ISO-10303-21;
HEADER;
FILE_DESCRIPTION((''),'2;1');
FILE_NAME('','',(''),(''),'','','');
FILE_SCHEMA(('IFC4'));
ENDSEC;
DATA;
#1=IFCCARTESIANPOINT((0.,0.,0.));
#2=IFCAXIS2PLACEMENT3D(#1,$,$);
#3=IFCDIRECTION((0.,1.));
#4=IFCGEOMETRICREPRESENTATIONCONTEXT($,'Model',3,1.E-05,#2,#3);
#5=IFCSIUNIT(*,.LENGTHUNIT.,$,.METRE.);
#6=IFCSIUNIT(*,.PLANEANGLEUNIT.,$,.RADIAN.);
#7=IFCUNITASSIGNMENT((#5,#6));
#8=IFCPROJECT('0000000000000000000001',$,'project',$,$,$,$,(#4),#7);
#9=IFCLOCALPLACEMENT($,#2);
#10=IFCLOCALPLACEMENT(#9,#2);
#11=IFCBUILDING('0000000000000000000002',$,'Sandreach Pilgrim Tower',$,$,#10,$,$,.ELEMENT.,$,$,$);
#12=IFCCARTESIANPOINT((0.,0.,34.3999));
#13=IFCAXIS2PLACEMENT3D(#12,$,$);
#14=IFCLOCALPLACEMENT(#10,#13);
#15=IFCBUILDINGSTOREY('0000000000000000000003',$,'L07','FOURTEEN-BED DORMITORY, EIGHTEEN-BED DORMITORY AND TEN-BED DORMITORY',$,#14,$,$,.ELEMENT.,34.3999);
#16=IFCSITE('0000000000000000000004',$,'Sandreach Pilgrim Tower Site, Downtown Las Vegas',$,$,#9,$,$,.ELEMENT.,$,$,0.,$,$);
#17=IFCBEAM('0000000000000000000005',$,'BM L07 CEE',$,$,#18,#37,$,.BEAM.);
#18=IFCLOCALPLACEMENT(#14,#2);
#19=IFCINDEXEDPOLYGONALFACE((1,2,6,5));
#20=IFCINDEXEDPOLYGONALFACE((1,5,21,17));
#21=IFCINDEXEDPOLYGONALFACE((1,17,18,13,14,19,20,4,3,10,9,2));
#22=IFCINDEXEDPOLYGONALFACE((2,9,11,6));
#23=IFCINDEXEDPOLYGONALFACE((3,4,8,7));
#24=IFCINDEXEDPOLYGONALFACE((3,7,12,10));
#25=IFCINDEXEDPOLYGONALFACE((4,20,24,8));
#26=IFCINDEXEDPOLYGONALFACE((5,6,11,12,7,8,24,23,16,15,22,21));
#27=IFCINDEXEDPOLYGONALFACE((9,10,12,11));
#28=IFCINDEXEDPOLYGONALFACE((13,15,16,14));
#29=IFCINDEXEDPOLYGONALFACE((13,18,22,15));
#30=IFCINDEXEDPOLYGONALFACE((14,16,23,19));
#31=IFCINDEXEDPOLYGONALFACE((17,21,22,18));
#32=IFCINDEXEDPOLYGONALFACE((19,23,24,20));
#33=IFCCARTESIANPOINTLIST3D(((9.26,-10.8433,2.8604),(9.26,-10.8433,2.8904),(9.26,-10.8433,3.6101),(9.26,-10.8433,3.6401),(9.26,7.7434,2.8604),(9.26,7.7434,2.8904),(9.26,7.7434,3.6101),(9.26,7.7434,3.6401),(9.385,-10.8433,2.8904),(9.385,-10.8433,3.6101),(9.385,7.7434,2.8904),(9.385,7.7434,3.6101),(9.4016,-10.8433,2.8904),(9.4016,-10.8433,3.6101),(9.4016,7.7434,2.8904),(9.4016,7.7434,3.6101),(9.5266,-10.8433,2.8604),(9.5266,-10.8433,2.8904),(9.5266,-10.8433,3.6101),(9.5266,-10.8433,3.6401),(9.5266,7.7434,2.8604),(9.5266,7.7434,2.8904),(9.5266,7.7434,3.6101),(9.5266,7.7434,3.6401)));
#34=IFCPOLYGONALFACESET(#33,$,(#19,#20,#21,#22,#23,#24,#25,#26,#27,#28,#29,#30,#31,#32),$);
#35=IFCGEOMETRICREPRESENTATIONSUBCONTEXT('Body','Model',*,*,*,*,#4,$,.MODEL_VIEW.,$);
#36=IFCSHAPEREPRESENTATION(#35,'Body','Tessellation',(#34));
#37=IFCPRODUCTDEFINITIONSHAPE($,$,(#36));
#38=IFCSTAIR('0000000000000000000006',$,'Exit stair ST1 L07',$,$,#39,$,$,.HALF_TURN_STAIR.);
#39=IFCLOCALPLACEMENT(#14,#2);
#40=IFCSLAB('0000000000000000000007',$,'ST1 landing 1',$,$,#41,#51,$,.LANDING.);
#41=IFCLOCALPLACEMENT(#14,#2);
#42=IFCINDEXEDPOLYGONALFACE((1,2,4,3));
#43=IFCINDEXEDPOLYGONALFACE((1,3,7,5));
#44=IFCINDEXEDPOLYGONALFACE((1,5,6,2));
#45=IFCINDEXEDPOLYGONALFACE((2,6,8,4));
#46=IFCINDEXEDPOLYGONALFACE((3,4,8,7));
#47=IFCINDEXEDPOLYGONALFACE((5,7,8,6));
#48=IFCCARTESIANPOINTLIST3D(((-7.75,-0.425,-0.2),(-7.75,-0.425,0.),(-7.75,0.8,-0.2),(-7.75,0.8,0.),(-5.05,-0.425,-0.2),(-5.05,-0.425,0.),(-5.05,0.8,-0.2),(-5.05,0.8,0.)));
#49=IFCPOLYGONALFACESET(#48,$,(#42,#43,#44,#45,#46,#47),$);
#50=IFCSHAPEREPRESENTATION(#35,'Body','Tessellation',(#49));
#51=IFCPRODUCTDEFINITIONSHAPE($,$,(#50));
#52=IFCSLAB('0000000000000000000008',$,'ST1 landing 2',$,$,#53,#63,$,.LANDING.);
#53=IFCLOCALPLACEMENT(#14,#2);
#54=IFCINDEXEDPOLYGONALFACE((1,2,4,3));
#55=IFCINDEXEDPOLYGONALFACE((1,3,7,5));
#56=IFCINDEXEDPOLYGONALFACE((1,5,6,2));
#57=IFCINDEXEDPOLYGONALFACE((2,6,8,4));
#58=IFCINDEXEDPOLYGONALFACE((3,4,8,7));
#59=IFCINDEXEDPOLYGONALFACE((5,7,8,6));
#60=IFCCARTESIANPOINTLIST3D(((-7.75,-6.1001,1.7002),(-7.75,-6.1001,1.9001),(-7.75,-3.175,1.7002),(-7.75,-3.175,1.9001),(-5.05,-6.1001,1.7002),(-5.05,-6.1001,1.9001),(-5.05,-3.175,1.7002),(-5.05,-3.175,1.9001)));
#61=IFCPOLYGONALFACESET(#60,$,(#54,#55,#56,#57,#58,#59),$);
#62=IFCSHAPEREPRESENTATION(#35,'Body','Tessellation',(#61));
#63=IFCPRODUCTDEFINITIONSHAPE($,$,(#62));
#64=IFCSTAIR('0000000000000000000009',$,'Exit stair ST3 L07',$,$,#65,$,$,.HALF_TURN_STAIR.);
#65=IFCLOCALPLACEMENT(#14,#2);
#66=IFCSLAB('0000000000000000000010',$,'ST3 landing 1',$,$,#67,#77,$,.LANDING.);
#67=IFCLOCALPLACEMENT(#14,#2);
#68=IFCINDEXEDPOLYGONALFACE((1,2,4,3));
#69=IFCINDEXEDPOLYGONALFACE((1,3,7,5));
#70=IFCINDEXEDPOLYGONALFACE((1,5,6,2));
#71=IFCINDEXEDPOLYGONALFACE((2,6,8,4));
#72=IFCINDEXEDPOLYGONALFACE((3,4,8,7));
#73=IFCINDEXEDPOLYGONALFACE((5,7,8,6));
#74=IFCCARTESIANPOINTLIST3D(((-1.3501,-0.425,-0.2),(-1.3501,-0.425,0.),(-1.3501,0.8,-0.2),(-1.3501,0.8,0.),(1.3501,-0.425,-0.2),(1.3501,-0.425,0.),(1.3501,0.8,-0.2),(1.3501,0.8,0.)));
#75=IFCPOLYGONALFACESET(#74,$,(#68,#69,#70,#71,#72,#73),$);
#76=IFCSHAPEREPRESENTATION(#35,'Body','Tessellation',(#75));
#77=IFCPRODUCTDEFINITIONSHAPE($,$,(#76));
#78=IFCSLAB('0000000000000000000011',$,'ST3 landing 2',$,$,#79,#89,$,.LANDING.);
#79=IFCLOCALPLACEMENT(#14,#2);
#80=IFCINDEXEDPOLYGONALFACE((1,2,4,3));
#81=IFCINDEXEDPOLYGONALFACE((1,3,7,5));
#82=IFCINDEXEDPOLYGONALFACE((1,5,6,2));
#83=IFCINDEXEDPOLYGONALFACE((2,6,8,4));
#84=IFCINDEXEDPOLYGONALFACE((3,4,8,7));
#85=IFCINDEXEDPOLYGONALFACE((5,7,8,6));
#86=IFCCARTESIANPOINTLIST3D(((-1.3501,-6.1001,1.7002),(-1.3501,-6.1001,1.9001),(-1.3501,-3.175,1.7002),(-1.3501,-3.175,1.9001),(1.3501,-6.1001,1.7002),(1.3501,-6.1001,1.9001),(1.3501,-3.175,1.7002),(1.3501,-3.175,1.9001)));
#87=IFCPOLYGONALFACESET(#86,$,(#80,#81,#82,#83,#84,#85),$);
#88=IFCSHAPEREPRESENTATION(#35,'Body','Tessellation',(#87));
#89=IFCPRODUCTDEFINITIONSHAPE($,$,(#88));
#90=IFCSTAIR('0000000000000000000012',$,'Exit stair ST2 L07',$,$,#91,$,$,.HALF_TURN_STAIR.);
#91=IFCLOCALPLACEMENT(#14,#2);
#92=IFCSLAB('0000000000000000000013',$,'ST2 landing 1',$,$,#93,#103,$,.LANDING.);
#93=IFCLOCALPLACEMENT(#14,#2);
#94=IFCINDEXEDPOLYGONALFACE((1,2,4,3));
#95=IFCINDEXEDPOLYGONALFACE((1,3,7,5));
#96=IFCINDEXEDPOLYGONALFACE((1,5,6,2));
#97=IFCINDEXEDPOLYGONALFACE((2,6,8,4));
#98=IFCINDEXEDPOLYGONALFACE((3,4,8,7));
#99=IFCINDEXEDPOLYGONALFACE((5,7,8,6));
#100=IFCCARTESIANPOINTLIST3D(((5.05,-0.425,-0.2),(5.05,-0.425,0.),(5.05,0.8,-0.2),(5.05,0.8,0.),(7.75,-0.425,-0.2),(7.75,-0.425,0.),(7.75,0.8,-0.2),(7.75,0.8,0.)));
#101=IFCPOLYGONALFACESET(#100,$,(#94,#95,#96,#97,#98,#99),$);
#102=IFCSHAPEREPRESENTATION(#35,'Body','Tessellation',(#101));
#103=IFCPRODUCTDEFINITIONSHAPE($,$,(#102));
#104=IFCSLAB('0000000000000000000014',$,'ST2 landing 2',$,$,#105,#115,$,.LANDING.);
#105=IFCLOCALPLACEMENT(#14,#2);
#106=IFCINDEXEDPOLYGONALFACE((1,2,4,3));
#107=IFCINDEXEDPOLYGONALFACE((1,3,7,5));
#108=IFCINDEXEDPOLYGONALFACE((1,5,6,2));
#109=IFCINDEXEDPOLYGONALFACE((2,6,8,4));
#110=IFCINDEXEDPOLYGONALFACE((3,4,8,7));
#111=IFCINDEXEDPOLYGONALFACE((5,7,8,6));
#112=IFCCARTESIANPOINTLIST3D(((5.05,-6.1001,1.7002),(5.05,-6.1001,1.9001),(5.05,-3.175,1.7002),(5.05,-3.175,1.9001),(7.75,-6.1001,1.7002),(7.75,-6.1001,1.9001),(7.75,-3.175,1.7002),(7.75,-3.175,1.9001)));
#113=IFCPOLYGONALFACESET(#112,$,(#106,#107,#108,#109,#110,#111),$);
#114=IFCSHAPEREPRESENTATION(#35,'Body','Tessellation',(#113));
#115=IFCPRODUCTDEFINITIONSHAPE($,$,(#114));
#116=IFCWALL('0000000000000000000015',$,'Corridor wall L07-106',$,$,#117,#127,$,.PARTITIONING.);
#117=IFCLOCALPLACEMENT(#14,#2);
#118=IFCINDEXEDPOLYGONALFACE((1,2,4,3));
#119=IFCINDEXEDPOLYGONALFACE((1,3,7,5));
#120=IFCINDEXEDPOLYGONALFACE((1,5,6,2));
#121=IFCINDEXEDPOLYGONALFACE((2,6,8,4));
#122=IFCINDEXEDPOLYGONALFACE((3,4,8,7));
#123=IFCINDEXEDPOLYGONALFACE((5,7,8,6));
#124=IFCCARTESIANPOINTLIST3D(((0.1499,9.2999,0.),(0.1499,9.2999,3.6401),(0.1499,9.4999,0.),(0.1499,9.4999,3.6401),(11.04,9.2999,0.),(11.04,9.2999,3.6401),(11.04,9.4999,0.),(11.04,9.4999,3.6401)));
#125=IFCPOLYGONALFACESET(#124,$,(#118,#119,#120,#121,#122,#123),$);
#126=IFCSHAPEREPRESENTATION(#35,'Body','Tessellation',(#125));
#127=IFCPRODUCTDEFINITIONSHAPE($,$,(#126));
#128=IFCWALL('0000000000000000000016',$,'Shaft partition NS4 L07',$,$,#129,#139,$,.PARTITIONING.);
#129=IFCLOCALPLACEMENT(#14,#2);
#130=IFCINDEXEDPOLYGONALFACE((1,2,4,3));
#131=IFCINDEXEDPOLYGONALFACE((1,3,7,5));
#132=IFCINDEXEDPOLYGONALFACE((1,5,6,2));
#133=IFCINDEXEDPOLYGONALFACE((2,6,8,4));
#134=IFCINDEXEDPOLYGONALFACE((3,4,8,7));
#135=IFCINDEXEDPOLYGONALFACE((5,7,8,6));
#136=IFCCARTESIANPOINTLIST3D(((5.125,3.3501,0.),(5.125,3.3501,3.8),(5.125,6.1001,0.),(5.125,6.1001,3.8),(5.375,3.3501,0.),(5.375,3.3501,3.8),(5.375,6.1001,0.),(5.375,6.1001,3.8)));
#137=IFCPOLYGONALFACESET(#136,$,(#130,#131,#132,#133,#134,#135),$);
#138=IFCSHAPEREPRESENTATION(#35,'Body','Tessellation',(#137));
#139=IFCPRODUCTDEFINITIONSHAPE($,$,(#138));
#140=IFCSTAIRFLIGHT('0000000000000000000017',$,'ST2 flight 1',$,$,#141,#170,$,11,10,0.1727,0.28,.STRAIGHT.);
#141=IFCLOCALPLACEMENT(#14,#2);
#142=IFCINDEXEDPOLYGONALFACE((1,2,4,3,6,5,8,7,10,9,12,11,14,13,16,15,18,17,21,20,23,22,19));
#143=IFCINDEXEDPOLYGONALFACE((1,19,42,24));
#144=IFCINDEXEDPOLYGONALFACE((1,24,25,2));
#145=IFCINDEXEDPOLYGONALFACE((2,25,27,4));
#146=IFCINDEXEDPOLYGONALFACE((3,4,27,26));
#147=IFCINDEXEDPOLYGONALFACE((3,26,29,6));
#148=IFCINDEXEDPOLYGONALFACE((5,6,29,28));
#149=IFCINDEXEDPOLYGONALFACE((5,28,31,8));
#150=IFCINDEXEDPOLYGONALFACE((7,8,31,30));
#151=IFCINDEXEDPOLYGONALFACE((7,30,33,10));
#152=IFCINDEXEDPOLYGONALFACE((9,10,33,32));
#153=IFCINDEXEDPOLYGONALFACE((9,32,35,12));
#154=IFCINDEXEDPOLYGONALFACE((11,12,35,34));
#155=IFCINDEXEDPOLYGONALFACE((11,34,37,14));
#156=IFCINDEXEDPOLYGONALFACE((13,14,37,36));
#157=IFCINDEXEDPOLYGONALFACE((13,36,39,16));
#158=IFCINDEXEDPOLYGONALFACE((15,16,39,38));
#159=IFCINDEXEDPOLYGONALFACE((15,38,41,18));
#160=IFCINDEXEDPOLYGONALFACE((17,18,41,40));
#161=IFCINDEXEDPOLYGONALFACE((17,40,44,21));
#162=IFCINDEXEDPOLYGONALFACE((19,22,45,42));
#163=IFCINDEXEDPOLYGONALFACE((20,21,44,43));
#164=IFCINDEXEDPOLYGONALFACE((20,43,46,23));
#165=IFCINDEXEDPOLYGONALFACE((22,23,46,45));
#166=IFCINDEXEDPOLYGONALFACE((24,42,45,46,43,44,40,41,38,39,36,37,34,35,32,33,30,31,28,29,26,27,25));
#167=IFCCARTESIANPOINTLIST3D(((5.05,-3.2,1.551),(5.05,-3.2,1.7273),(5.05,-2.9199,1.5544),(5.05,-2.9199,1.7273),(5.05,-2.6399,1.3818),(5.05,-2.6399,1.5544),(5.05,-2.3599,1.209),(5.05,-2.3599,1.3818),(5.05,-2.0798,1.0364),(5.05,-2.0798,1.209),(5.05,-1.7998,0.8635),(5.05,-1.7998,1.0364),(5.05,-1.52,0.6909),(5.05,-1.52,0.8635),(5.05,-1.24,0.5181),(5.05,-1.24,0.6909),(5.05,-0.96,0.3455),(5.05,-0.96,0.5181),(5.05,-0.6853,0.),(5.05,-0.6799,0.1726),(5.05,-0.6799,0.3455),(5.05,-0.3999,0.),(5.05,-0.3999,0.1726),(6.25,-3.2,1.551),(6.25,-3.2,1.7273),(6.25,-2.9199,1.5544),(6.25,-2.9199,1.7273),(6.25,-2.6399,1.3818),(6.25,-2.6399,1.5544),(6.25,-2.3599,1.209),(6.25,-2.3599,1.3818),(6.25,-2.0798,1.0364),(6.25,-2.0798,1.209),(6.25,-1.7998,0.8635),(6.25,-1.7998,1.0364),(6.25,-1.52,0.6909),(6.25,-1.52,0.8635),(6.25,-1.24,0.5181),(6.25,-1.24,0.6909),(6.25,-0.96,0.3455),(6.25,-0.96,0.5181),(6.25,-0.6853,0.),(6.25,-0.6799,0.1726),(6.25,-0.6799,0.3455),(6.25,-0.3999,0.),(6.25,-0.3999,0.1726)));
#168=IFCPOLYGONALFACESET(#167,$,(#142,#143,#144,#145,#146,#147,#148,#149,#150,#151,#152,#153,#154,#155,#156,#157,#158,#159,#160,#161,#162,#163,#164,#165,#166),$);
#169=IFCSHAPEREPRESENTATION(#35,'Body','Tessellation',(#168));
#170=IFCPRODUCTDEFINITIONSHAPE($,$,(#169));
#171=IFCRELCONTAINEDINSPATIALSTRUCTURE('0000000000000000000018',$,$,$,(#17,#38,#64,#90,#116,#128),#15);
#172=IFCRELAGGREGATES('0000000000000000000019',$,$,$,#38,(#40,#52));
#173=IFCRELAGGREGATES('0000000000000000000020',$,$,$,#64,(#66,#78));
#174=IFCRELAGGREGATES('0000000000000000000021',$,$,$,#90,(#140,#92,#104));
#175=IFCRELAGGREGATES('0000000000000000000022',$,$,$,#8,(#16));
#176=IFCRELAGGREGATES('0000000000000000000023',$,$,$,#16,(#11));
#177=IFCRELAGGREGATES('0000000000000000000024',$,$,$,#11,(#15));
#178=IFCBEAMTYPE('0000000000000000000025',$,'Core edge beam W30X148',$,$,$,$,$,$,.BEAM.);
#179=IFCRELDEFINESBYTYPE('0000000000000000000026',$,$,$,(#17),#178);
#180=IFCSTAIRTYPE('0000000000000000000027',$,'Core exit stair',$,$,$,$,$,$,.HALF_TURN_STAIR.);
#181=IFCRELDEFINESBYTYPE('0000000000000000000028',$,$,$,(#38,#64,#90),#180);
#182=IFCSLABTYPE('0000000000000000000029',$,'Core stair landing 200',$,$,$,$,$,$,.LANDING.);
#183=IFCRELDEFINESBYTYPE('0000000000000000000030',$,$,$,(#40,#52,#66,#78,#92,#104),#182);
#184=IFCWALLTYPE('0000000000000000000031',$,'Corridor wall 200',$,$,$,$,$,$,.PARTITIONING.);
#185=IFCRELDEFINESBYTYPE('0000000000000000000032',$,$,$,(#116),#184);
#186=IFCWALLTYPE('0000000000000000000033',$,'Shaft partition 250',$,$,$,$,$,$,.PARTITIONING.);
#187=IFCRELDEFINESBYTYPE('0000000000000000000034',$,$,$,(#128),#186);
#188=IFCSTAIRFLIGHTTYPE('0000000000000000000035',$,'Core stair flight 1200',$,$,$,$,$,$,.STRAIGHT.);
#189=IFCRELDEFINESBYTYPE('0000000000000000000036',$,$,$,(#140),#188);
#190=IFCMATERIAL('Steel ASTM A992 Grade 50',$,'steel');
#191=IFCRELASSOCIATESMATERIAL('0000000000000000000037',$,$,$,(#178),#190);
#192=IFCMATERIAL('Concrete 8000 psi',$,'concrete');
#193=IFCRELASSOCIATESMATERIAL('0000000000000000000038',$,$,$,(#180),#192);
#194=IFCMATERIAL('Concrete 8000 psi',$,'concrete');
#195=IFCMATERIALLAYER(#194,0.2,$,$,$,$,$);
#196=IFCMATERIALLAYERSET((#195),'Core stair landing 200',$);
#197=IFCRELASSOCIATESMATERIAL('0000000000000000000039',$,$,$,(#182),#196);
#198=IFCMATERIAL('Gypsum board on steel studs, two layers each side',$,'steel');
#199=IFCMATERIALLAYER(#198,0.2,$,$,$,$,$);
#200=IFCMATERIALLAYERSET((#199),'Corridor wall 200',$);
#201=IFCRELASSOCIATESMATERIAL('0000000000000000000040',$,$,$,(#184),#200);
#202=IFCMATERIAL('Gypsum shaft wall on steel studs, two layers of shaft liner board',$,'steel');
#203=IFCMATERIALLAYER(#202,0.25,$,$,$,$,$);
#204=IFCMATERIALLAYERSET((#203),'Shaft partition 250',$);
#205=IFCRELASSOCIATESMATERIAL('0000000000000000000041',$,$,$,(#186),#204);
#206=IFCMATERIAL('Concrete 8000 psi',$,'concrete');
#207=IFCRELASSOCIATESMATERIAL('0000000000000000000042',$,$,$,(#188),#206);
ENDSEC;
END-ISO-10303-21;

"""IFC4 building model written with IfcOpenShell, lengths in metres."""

from ifc_helpers import new_model, si_unit, direction, frame, frame_2d, origin, origin_2d, place, context, subcontext, project, spatial, polyline, rectangle, i_section, outline, extrude, material, layer, layer_set, material_profile, profile_set, type_object, element, aggregate, save


model = new_model("IFC4")

# Units and contexts
model_context = context("Model", 3, precision=1e-05, world=origin(), true_north=direction((0.0, 1.0)))
body_context = subcontext(model_context, "Body", "Model", "MODEL_VIEW")
ifc_project = project(units=[si_unit("LENGTHUNIT", "METRE"), si_unit("PLANEANGLEUNIT", "RADIAN")], contexts=[model_context])

# Site, building, storey
site_placement = place(None, origin())
site = spatial("IfcSite", under=ifc_project, at=site_placement, Name="Sandreach Pilgrim Tower Site, Downtown Las Vegas", CompositionType="ELEMENT", RefElevation=0.0)
building_placement = place(site_placement, origin())
building = spatial("IfcBuilding", under=site, at=building_placement, Name="Sandreach Pilgrim Tower", CompositionType="ELEMENT")
storey_placement = place(building_placement, frame((0.0, 0.0, 34.3999)))
storey = spatial("IfcBuildingStorey", under=building, at=storey_placement, Name="L07", Description="FOURTEEN-BED DORMITORY, EIGHTEEN-BED DORMITORY AND TEN-BED DORMITORY", CompositionType="ELEMENT", Elevation=34.3999)

# Beam
ifc_material_1 = material(Name="Steel ASTM A992 Grade 50", Category="steel")
ifc_material_profile = material_profile(ifc_material_1, i_section(OverallWidth=0.2666, OverallDepth=0.7798, WebThickness=0.0166, FlangeThickness=0.03, at=origin_2d()), Name="W30X148")
ifc_profile_set = profile_set([ifc_material_profile], Name="Steel ASTM A992 Grade 50")
beam_type = type_object("IfcBeamType", Name="Core edge beam W30X148", PredefinedType="BEAM", material=ifc_profile_set)
beam_placement = place(storey_placement, frame((9.3933, 7.7434, 3.2502), z_axis=(0.0, -1.0, 0.0), x_axis=(1.0, 0.0, 0.0)))
element("IfcBeam", 1, at=beam_placement, inside=storey, type_object=beam_type, Name="BM L07 CEE", PredefinedType="BEAM", context=body_context, shape_type="SweptSolid", body=[
    extrude(i_section(OverallWidth=0.2666, OverallDepth=0.7798, WebThickness=0.0166, FlangeThickness=0.03, at=origin_2d()), origin(), (0.0, 0.0, 1.0), 18.5867),
])

# Stairs, slabs
ifc_material_2 = material(Name="Concrete 8000 psi", Category="concrete")
stair_type = type_object("IfcStairType", Name="Core exit stair", PredefinedType="HALF_TURN_STAIR", material=ifc_material_2)
stair_1_placement = place(storey_placement, origin())
stair_1 = element("IfcStair", 2, at=stair_1_placement, inside=storey, type_object=stair_type, Name="Exit stair ST1 L07", PredefinedType="HALF_TURN_STAIR")
ifc_material_3 = material(Name="Concrete 8000 psi", Category="concrete")
ifc_layer_1 = layer(ifc_material_3, 0.2)
ifc_layer_set_1 = layer_set([ifc_layer_1], Name="Core stair landing 200")
slab_type = type_object("IfcSlabType", Name="Core stair landing 200", PredefinedType="LANDING", material=ifc_layer_set_1)
slab_1_placement = place(storey_placement, frame((0.0, 0.0, -0.2)))
slab_1 = element("IfcSlab", 3, at=slab_1_placement, type_object=slab_type, Name="ST1 landing 1", PredefinedType="LANDING", context=body_context, shape_type="SweptSolid", body=[
    extrude(outline(polyline([(-7.75, -0.425), (-5.05, -0.425), (-5.05, 0.8), (-7.75, 0.8), (-7.75, -0.425)])), origin(), (0.0, 0.0, 1.0), 0.2),
])
slab_2_placement = place(storey_placement, frame((0.0, 0.0, 1.7002)))
slab_2 = element("IfcSlab", 4, at=slab_2_placement, type_object=slab_type, Name="ST1 landing 2", PredefinedType="LANDING", context=body_context, shape_type="SweptSolid", body=[
    extrude(outline(polyline([(-7.75, -6.1001), (-5.05, -6.1001), (-5.05, -3.175), (-7.75, -3.175), (-7.75, -6.1001)])), origin(), (0.0, 0.0, 1.0), 0.2),
])
aggregate(stair_1, [slab_1, slab_2])
stair_2_placement = place(storey_placement, origin())
stair_2 = element("IfcStair", 5, at=stair_2_placement, inside=storey, type_object=stair_type, Name="Exit stair ST3 L07", PredefinedType="HALF_TURN_STAIR")
slab_3_placement = place(storey_placement, frame((0.0, 0.0, -0.2)))
slab_3 = element("IfcSlab", 6, at=slab_3_placement, type_object=slab_type, Name="ST3 landing 1", PredefinedType="LANDING", context=body_context, shape_type="SweptSolid", body=[
    extrude(outline(polyline([(-1.3501, -0.425), (1.3501, -0.425), (1.3501, 0.8), (-1.3501, 0.8), (-1.3501, -0.425)])), origin(), (0.0, 0.0, 1.0), 0.2),
])
slab_4_placement = place(storey_placement, frame((0.0, 0.0, 1.7002)))
slab_4 = element("IfcSlab", 7, at=slab_4_placement, type_object=slab_type, Name="ST3 landing 2", PredefinedType="LANDING", context=body_context, shape_type="SweptSolid", body=[
    extrude(outline(polyline([(-1.3501, -6.1001), (1.3501, -6.1001), (1.3501, -3.175), (-1.3501, -3.175), (-1.3501, -6.1001)])), origin(), (0.0, 0.0, 1.0), 0.2),
])
aggregate(stair_2, [slab_3, slab_4])
stair_3_placement = place(storey_placement, origin())
stair_3 = element("IfcStair", 8, at=stair_3_placement, inside=storey, type_object=stair_type, Name="Exit stair ST2 L07", PredefinedType="HALF_TURN_STAIR")
slab_5_placement = place(storey_placement, frame((0.0, 0.0, -0.2)))
slab_5 = element("IfcSlab", 9, at=slab_5_placement, type_object=slab_type, Name="ST2 landing 1", PredefinedType="LANDING", context=body_context, shape_type="SweptSolid", body=[
    extrude(outline(polyline([(5.05, -0.425), (7.75, -0.425), (7.75, 0.8), (5.05, 0.8), (5.05, -0.425)])), origin(), (0.0, 0.0, 1.0), 0.2),
])
slab_6_placement = place(storey_placement, frame((0.0, 0.0, 1.7002)))
slab_6 = element("IfcSlab", 10, at=slab_6_placement, type_object=slab_type, Name="ST2 landing 2", PredefinedType="LANDING", context=body_context, shape_type="SweptSolid", body=[
    extrude(outline(polyline([(5.05, -6.1001), (7.75, -6.1001), (7.75, -3.175), (5.05, -3.175), (5.05, -6.1001)])), origin(), (0.0, 0.0, 1.0), 0.2),
])

# Walls
ifc_material_4 = material(Name="Gypsum board on steel studs, two layers each side", Category="steel")
ifc_layer_2 = layer(ifc_material_4, 0.2)
ifc_layer_set_2 = layer_set([ifc_layer_2], Name="Corridor wall 200")
wall_type_1 = type_object("IfcWallType", Name="Corridor wall 200", PredefinedType="PARTITIONING", material=ifc_layer_set_2)
wall_1_placement = place(storey_placement, frame((11.04, 9.3999, 0.0), z_axis=(0.0, 0.0, 1.0), x_axis=(-1.0, 0.0, 0.0)))
element("IfcWall", 11, at=wall_1_placement, inside=storey, type_object=wall_type_1, Name="Corridor wall L07-106", PredefinedType="PARTITIONING", context=body_context, shape_type="SweptSolid", body=[
    extrude(rectangle(XDim=10.8901, YDim=0.2, at=frame_2d((5.4451, 0.0))), origin(), (0.0, 0.0, 1.0), 3.6401),
])
ifc_material_5 = material(Name="Gypsum shaft wall on steel studs, two layers of shaft liner board", Category="steel")
ifc_layer_3 = layer(ifc_material_5, 0.25)
ifc_layer_set_3 = layer_set([ifc_layer_3], Name="Shaft partition 250")
wall_type_2 = type_object("IfcWallType", Name="Shaft partition 250", PredefinedType="PARTITIONING", material=ifc_layer_set_3)
wall_2_placement = place(storey_placement, frame((5.25, 3.3501, 0.0), z_axis=(0.0, 0.0, 1.0), x_axis=(0.0, 1.0, 0.0)))
element("IfcWall", 12, at=wall_2_placement, inside=storey, type_object=wall_type_2, Name="Shaft partition NS4 L07", PredefinedType="PARTITIONING", context=body_context, shape_type="SweptSolid", body=[
    extrude(rectangle(XDim=2.75, YDim=0.25, at=frame_2d((1.375, 0.0))), origin(), (0.0, 0.0, 1.0), 3.8),
])

# Stair flight
ifc_material_6 = material(Name="Concrete 8000 psi", Category="concrete")
stair_flight_type = type_object("IfcStairFlightType", Name="Core stair flight 1200", PredefinedType="STRAIGHT", material=ifc_material_6)
stair_flight_placement = place(storey_placement, frame((5.6499, -0.3999, 0.0), z_axis=(0.0, 0.0, 1.0), x_axis=(0.0, -1.0, 0.0)))
stair_flight = element("IfcStairFlight", 13, at=stair_flight_placement, type_object=stair_flight_type, Name="ST2 flight 1", NumberOfRisers=11, NumberOfTreads=10, PredefinedType="STRAIGHT", RiserHeight=0.1727, TreadLength=0.28, context=body_context, shape_type="SweptSolid", body=[
    extrude(outline(polyline([(0.0, 0.0), (0.0, 0.1726), (0.28, 0.1726), (0.28, 0.3455), (0.5601, 0.3455), (0.5601, 0.5181), (0.8401, 0.5181), (0.8401, 0.6909), (1.1201, 0.6909), (1.1201, 0.8635), (1.3999, 0.8635), (1.3999, 1.0364), (1.6799, 1.0364), (1.6799, 1.209), (1.96, 1.209), (1.96, 1.3818), (2.24, 1.3818), (2.24, 1.5544), (2.52, 1.5544), (2.52, 1.7273), (2.8, 1.7273), (2.8, 1.8999), (2.8, 1.551), (0.2854, 0.0), (0.0, 0.0)])), frame((0.0, 0.6001, 0.0), z_axis=(0.0, -1.0, 0.0), x_axis=(1.0, 0.0, 0.0)), (0.0, 0.0, 1.0), 1.2),
])
aggregate(stair_3, [stair_flight, slab_5, slab_6])

save(model, "model.ifc")
